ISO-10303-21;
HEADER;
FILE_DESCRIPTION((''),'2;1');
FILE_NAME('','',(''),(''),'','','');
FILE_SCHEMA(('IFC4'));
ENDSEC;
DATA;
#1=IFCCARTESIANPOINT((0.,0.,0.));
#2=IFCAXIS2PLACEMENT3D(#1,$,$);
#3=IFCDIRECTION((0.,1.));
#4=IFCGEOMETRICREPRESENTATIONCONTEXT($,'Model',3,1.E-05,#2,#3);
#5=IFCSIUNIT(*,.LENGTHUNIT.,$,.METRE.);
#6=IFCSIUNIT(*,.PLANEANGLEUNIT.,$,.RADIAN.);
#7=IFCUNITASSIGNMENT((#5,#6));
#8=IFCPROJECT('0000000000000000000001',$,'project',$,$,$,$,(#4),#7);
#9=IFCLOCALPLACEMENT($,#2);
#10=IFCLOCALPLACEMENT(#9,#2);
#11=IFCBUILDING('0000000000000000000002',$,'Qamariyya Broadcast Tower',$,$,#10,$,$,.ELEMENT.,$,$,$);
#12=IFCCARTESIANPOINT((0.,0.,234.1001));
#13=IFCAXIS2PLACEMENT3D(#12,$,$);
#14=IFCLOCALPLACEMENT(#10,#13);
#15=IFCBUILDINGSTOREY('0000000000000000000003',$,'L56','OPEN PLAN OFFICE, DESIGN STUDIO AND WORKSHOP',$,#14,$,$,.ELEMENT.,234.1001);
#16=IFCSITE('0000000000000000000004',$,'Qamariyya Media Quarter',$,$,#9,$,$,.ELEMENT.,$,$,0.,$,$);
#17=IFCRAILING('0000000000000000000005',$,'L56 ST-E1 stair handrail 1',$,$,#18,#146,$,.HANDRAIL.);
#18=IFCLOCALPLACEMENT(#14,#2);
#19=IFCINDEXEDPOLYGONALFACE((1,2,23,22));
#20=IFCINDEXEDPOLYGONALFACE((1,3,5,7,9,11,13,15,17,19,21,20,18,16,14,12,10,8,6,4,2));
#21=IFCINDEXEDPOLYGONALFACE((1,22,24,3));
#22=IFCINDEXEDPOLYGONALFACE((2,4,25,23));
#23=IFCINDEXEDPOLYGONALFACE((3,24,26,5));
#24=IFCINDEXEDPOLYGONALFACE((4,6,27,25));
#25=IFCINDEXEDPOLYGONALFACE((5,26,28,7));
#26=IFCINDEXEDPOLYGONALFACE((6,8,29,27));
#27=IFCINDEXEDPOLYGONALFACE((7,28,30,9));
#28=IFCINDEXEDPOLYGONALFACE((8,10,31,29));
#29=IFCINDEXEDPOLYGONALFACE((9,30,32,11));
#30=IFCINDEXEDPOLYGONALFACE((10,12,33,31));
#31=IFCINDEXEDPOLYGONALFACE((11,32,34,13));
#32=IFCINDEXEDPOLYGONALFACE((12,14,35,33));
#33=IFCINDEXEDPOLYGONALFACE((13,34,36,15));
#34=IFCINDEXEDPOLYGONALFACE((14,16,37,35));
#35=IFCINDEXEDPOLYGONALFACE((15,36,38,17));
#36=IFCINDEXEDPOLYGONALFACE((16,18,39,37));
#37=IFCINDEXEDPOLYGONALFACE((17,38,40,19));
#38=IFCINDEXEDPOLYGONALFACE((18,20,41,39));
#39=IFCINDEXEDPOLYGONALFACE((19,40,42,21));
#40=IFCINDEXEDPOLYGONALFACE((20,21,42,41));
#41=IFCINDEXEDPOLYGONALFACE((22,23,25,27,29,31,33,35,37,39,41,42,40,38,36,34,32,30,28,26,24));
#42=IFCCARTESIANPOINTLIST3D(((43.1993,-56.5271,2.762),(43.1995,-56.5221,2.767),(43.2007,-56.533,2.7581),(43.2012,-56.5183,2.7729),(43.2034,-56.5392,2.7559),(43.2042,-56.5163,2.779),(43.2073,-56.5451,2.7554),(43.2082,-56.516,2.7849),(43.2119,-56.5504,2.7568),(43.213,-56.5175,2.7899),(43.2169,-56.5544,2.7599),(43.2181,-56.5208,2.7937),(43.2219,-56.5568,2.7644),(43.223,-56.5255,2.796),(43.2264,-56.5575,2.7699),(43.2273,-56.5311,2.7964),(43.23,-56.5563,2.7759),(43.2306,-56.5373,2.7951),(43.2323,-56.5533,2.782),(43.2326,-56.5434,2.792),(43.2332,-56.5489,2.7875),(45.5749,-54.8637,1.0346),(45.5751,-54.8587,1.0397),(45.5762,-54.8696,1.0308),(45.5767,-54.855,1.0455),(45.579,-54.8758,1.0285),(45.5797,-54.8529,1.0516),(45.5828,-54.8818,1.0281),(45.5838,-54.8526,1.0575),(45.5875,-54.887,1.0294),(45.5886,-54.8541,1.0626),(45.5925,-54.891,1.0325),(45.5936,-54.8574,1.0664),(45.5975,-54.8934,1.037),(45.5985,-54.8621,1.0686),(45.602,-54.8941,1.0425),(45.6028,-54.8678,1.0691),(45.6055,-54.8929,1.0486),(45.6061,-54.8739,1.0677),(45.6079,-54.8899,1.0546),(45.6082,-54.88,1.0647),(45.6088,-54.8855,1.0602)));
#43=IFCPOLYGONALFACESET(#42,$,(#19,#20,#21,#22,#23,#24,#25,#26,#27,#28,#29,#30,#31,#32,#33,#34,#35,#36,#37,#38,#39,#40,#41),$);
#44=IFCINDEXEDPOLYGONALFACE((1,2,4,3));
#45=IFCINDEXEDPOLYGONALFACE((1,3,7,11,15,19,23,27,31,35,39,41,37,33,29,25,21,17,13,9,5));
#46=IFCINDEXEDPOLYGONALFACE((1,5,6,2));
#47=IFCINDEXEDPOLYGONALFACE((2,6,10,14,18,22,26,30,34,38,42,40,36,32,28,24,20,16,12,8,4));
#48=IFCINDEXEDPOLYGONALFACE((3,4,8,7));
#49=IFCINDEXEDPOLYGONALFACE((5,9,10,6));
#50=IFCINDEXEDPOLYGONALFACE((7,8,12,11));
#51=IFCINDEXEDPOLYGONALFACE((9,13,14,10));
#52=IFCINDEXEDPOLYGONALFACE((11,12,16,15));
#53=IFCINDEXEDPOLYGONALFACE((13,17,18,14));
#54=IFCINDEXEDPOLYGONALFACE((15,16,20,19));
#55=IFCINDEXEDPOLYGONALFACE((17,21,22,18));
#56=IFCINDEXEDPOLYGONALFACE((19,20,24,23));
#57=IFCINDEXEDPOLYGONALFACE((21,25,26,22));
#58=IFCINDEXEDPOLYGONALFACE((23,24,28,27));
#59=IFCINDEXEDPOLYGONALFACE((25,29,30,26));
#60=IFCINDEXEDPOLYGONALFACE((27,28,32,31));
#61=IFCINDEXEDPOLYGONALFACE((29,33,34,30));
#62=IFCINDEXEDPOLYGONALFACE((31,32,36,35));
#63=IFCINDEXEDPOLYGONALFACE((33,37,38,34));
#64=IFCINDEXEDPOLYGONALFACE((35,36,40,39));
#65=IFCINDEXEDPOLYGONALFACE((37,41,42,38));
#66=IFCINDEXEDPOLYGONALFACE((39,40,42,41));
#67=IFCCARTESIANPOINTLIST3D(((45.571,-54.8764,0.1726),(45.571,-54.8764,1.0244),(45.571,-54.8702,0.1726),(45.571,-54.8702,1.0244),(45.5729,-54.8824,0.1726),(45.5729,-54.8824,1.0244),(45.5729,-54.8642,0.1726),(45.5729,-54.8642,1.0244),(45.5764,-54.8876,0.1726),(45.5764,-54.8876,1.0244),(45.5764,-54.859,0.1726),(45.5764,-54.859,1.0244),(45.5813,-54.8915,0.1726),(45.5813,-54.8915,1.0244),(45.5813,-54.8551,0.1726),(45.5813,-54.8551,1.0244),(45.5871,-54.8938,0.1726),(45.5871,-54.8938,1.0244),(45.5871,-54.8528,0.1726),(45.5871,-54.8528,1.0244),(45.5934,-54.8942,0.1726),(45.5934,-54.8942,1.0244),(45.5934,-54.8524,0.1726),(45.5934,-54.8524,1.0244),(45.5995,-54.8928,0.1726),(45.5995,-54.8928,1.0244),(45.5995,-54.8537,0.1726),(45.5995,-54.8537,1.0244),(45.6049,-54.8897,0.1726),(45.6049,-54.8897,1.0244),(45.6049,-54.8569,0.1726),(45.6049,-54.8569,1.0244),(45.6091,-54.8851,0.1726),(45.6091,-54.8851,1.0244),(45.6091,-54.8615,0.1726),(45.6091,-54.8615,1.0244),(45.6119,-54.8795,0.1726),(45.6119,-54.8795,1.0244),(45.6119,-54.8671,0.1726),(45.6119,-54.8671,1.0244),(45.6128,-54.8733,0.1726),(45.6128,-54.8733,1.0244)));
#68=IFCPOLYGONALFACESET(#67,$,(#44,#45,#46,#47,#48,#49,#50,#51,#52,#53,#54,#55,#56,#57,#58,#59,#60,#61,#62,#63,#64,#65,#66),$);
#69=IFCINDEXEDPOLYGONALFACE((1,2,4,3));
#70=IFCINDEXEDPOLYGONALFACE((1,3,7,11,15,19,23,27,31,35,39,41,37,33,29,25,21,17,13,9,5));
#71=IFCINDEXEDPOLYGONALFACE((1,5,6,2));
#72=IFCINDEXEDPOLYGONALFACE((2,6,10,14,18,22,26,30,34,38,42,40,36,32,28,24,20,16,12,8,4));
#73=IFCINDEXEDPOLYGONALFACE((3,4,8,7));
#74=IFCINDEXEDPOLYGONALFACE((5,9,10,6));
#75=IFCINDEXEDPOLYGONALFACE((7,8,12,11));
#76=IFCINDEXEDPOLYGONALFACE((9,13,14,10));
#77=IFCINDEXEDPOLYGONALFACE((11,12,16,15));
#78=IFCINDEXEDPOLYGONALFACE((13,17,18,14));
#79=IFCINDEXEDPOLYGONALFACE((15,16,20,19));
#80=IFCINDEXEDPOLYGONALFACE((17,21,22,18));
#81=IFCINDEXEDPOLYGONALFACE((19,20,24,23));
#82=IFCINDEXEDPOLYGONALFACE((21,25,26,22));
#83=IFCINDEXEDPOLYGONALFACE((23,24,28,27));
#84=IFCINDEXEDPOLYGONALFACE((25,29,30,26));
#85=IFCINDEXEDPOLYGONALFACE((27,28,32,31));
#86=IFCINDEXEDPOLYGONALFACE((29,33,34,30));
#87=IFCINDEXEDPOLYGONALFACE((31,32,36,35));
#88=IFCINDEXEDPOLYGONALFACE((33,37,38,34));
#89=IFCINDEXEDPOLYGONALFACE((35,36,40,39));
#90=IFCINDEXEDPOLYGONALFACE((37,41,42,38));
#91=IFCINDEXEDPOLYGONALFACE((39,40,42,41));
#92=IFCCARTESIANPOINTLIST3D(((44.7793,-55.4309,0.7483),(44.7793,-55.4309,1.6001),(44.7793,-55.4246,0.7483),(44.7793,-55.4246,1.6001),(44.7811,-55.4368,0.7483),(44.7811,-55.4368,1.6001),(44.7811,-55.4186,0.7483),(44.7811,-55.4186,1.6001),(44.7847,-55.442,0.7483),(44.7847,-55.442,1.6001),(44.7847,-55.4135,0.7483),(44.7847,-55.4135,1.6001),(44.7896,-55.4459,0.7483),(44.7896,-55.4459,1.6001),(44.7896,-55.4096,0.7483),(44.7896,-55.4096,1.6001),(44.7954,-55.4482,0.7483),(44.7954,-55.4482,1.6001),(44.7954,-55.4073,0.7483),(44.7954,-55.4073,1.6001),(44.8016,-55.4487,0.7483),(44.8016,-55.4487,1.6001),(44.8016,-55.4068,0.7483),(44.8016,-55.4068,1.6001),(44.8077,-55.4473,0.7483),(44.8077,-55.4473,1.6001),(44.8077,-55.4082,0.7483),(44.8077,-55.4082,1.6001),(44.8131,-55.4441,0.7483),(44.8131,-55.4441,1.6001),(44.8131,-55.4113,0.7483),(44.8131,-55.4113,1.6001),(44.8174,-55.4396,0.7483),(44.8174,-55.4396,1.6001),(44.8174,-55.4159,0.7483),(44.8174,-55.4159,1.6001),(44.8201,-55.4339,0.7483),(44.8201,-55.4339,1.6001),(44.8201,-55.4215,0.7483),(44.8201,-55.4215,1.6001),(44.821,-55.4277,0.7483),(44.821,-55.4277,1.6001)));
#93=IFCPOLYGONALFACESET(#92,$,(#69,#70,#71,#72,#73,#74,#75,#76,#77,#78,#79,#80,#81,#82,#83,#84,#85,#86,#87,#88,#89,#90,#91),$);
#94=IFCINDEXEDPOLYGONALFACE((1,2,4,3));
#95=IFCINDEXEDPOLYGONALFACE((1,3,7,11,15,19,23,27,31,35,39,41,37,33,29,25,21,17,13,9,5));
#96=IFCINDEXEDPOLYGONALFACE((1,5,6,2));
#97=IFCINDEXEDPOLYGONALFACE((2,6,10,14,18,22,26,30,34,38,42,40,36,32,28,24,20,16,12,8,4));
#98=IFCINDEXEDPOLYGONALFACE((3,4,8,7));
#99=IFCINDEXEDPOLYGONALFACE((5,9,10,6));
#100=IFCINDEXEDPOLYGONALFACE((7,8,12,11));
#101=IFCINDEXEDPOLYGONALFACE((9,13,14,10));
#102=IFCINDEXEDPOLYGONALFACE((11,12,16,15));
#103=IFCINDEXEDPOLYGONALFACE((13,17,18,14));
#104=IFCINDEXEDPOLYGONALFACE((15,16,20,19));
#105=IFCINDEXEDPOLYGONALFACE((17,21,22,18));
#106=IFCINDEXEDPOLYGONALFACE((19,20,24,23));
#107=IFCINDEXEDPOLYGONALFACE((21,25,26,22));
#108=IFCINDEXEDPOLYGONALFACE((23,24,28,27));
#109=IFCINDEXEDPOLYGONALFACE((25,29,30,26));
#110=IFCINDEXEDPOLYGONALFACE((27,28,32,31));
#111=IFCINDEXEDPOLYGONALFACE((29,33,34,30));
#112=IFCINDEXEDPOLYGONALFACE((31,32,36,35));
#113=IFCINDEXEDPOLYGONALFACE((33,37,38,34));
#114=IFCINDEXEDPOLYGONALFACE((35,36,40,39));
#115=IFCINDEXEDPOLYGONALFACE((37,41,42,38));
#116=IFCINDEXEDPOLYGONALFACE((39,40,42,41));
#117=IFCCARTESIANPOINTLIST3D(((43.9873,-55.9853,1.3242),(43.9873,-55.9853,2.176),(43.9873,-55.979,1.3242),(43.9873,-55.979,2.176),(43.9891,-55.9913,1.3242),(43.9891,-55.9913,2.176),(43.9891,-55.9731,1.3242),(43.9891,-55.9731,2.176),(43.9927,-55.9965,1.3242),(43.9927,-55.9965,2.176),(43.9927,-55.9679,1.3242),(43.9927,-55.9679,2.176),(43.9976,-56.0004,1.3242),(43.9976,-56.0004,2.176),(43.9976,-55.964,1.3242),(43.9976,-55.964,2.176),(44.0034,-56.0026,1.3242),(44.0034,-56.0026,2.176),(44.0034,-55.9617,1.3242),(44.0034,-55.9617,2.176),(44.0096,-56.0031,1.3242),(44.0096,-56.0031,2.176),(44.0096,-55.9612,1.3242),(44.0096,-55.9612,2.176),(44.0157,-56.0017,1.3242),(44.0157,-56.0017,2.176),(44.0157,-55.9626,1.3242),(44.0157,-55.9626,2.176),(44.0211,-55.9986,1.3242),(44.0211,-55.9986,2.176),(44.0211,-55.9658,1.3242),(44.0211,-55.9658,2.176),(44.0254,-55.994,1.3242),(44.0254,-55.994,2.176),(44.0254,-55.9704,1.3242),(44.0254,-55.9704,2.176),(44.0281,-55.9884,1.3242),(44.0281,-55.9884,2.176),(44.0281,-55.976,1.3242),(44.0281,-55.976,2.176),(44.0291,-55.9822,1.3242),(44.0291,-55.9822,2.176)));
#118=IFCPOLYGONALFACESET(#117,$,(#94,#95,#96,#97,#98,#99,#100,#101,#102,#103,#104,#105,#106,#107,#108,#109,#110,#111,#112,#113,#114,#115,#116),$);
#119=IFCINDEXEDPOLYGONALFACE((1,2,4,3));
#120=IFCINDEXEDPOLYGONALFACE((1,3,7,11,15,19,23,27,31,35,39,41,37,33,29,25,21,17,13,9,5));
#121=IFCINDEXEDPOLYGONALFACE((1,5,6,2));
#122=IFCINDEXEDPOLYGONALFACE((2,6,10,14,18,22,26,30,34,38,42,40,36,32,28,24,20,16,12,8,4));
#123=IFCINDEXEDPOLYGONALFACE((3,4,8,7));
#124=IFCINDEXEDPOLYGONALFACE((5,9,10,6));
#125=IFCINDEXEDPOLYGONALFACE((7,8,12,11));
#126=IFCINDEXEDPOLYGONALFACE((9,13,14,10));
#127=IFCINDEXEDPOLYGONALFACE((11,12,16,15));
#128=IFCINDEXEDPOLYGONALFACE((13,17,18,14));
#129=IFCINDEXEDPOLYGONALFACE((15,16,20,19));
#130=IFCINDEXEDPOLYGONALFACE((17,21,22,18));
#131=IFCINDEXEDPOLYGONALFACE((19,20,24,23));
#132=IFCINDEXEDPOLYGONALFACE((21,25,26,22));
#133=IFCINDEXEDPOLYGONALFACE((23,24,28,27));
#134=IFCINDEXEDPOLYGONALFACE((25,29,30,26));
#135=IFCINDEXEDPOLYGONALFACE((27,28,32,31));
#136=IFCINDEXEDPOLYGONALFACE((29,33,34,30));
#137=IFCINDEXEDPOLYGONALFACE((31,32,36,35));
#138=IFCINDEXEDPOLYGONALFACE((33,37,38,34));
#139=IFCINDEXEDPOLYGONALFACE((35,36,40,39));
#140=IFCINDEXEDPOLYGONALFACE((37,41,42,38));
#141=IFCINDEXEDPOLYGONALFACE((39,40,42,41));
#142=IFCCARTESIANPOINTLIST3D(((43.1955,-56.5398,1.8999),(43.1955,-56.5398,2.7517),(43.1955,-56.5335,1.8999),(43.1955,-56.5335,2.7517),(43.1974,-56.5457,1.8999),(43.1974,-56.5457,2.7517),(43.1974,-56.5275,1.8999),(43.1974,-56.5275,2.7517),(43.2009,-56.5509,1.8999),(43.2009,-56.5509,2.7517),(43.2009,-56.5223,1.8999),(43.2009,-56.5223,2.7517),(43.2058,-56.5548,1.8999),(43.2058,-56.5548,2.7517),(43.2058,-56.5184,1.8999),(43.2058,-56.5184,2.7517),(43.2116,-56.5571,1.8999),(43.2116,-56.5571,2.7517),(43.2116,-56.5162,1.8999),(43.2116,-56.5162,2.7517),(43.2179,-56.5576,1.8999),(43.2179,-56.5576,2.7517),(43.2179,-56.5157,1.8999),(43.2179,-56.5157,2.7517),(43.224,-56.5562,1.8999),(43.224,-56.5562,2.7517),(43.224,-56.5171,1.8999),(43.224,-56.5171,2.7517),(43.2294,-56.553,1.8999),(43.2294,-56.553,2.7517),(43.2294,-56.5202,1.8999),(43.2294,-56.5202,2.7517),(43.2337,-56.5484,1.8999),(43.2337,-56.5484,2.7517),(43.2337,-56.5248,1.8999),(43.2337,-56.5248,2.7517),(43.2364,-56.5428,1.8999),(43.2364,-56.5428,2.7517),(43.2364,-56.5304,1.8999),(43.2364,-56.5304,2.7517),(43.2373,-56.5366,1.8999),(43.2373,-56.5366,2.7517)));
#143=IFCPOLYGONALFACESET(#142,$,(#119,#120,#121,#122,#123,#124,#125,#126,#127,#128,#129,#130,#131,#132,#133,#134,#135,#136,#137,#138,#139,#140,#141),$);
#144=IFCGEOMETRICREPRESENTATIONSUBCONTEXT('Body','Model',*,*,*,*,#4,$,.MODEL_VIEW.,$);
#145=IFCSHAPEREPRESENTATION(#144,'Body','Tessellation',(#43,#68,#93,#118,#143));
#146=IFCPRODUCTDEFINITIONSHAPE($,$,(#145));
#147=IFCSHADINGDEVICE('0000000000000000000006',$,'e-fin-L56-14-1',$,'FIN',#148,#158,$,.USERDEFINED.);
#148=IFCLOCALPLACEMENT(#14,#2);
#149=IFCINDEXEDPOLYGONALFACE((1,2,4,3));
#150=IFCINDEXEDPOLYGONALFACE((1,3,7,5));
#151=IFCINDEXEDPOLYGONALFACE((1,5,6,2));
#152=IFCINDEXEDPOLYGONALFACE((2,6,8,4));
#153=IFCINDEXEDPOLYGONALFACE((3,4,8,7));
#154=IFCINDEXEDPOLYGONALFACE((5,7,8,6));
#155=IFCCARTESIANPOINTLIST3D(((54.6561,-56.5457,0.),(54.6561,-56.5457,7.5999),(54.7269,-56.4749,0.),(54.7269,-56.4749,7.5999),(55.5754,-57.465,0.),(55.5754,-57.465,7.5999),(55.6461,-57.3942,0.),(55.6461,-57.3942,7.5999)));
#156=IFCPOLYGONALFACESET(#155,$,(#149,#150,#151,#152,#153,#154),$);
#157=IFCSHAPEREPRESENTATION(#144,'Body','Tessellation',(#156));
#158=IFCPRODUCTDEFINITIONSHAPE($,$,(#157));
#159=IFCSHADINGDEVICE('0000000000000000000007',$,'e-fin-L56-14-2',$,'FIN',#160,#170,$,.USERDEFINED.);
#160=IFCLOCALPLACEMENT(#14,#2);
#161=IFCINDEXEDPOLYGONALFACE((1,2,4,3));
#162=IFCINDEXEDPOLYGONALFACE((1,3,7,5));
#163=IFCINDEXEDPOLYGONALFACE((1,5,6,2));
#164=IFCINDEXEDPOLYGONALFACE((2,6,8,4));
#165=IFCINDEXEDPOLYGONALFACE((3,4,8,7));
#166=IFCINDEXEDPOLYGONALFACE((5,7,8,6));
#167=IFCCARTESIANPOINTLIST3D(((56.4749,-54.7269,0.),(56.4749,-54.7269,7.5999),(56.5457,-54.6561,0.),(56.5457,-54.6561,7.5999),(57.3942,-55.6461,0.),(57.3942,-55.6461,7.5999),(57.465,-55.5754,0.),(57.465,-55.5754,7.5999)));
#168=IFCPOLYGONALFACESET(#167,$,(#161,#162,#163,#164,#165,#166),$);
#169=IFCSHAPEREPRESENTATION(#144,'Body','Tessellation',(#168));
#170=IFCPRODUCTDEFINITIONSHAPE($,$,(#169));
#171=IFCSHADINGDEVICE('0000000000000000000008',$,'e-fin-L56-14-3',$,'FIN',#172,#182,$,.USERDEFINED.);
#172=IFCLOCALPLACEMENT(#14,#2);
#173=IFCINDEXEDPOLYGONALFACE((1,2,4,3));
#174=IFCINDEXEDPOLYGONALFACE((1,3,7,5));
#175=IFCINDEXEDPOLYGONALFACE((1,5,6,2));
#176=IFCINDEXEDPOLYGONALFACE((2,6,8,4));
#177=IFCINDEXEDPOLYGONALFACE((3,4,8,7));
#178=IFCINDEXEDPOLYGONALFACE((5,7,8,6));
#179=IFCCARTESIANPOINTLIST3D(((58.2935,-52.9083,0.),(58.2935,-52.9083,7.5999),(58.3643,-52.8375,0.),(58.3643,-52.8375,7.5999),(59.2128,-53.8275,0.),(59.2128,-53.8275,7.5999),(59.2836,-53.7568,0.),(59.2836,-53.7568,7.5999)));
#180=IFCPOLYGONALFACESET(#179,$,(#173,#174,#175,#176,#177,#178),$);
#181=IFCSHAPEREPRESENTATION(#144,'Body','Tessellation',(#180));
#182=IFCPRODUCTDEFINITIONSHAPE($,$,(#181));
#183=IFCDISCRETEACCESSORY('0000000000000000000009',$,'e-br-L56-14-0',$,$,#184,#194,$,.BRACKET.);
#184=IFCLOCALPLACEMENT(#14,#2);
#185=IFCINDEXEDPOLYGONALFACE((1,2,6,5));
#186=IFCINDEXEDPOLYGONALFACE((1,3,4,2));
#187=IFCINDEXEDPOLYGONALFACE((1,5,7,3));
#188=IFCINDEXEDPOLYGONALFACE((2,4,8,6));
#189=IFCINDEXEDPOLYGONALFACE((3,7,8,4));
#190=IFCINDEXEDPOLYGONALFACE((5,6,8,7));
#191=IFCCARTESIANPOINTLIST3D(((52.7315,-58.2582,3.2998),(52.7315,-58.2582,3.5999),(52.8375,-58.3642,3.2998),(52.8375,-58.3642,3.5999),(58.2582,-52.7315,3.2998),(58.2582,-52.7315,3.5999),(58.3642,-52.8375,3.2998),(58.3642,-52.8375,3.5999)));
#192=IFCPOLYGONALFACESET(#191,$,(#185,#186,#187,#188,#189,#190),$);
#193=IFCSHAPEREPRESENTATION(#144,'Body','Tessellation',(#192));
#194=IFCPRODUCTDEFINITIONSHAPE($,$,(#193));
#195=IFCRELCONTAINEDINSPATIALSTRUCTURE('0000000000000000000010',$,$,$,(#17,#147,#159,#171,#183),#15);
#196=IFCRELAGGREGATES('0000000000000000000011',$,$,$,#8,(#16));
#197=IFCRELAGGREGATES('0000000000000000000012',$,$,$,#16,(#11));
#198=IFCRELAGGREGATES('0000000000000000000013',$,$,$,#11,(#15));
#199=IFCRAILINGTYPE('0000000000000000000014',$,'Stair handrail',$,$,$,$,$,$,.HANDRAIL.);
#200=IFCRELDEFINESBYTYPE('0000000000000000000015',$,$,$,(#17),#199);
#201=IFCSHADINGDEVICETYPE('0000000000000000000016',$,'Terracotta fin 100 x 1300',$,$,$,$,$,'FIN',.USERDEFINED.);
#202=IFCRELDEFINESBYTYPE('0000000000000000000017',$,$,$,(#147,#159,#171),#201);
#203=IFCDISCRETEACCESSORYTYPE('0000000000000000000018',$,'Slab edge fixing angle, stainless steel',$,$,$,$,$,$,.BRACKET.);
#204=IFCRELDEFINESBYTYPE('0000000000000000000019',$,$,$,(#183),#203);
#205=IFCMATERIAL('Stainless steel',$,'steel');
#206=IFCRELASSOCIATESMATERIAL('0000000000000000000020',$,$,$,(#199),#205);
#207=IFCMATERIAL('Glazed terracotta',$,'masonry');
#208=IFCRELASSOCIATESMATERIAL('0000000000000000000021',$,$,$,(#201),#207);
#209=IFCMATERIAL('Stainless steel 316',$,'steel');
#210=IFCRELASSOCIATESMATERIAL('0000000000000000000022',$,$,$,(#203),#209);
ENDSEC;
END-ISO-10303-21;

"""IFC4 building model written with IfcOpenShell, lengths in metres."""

from ifc_helpers import new_model, si_unit, direction, frame, origin, origin_2d, place, context, subcontext, project, spatial, rectangle, circle, extrude, material, material_profile, profile_set, type_object, element, save


model = new_model("IFC4")

# Units and contexts
model_context = context("Model", 3, precision=1e-05, world=origin(), true_north=direction((0.0, 1.0)))
body_context = subcontext(model_context, "Body", "Model", "MODEL_VIEW")
ifc_project = project(units=[si_unit("LENGTHUNIT", "METRE"), si_unit("PLANEANGLEUNIT", "RADIAN")], contexts=[model_context])

# Site, building, storey
site_placement = place(None, origin())
site = spatial("IfcSite", under=ifc_project, at=site_placement, Name="Qamariyya Media Quarter", CompositionType="ELEMENT", RefElevation=0.0)
building_placement = place(site_placement, origin())
building = spatial("IfcBuilding", under=site, at=building_placement, Name="Qamariyya Broadcast Tower", CompositionType="ELEMENT")
storey_placement = place(building_placement, frame((0.0, 0.0, 234.1001)))
storey = spatial("IfcBuildingStorey", under=building, at=storey_placement, Name="L56", Description="OPEN PLAN OFFICE, DESIGN STUDIO AND WORKSHOP", CompositionType="ELEMENT", Elevation=234.1001)

# Railing
ifc_material_1 = material(Name="Stainless steel", Category="steel")
railing_type_1 = type_object("IfcRailingType", Name="Stair handrail", PredefinedType="HANDRAIL", material=ifc_material_1)
railing_1_placement = place(storey_placement, frame((45.5918, -54.8733, 0.1726)))
element("IfcRailing", 1, at=railing_1_placement, inside=storey, type_object=railing_type_1, Name="L56 ST-E1 stair handrail 1", PredefinedType="HANDRAIL", context=body_context, shape_type="SweptSolid", body=[
    extrude(circle(Radius=0.0239, at=origin_2d()), frame((0.0, 0.0, 0.876), z_axis=(-0.70377, -0.492784, 0.511734), x_axis=(0.573575, -0.819153, 0.0)), (0.0, 0.0, 1.0), 3.3755),
    extrude(circle(Radius=0.021, at=origin_2d()), origin(), (0.0, 0.0, 1.0), 0.8518),
    extrude(circle(Radius=0.021, at=origin_2d()), frame((-0.7917, -0.5544, 0.5757)), (0.0, 0.0, 1.0), 0.8518),
    extrude(circle(Radius=0.021, at=origin_2d()), frame((-1.5837, -1.1089, 1.1516)), (0.0, 0.0, 1.0), 0.8518),
    extrude(circle(Radius=0.021, at=origin_2d()), frame((-2.3755, -1.6633, 1.7273)), (0.0, 0.0, 1.0), 0.8518),
])

# Shading devices
ifc_material_2 = material(Name="Glazed terracotta", Category="masonry")
ifc_material_profile_1 = material_profile(ifc_material_2, rectangle(XDim=1.3, YDim=0.1001, at=origin_2d()))
ifc_profile_set_1 = profile_set([ifc_material_profile_1], Name="Glazed terracotta")
shading_device_type_1 = type_object("IfcShadingDeviceType", Name="Terracotta fin 100 x 1300", ElementType="FIN", PredefinedType="USERDEFINED", material=ifc_profile_set_1)
for number, where, z_axis, x_axis, name in (
    (2, (55.1511, -56.97, 0.0), (0.0, 0.0, 1.0), (0.707107, -0.707107, 0.0), "e-fin-L56-14-1"),
    (3, (56.97, -55.1511, 0.0), (0.0, 0.0, 1.0), (0.707107, -0.707107, 0.0), "e-fin-L56-14-2"),
    (4, (58.7886, -53.3325, 0.0), (0.0, 0.0, 1.0), (0.707107, -0.707107, 0.0), "e-fin-L56-14-3"),
):
    element("IfcShadingDevice", number, at=place(storey_placement, frame(where, z_axis=z_axis, x_axis=x_axis)), inside=storey, type_object=shading_device_type_1, Name=name, ObjectType="FIN", PredefinedType="USERDEFINED", context=body_context, shape_type="SweptSolid", body=[
        extrude(rectangle(XDim=1.3, YDim=0.1001, at=origin_2d()), origin(), (0.0, 0.0, 1.0), 7.5999),
    ])

# Discrete accessory
ifc_material_3 = material(Name="Stainless steel 316", Category="steel")
discrete_accessory_type = type_object("IfcDiscreteAccessoryType", Name="Slab edge fixing angle, stainless steel", PredefinedType="BRACKET", material=ifc_material_3)
discrete_accessory_placement = place(storey_placement, frame((55.5479, -55.5479, 3.2998), z_axis=(0.0, 0.0, 1.0), x_axis=(0.707107, 0.707107, 0.0)))
element("IfcDiscreteAccessory", 5, at=discrete_accessory_placement, inside=storey, type_object=discrete_accessory_type, Name="e-br-L56-14-0", PredefinedType="BRACKET", context=body_context, shape_type="SweptSolid", body=[
    extrude(rectangle(XDim=7.8159, YDim=0.1499, at=origin_2d()), origin(), (0.0, 0.0, 1.0), 0.3),
])

save(model, "model.ifc")
